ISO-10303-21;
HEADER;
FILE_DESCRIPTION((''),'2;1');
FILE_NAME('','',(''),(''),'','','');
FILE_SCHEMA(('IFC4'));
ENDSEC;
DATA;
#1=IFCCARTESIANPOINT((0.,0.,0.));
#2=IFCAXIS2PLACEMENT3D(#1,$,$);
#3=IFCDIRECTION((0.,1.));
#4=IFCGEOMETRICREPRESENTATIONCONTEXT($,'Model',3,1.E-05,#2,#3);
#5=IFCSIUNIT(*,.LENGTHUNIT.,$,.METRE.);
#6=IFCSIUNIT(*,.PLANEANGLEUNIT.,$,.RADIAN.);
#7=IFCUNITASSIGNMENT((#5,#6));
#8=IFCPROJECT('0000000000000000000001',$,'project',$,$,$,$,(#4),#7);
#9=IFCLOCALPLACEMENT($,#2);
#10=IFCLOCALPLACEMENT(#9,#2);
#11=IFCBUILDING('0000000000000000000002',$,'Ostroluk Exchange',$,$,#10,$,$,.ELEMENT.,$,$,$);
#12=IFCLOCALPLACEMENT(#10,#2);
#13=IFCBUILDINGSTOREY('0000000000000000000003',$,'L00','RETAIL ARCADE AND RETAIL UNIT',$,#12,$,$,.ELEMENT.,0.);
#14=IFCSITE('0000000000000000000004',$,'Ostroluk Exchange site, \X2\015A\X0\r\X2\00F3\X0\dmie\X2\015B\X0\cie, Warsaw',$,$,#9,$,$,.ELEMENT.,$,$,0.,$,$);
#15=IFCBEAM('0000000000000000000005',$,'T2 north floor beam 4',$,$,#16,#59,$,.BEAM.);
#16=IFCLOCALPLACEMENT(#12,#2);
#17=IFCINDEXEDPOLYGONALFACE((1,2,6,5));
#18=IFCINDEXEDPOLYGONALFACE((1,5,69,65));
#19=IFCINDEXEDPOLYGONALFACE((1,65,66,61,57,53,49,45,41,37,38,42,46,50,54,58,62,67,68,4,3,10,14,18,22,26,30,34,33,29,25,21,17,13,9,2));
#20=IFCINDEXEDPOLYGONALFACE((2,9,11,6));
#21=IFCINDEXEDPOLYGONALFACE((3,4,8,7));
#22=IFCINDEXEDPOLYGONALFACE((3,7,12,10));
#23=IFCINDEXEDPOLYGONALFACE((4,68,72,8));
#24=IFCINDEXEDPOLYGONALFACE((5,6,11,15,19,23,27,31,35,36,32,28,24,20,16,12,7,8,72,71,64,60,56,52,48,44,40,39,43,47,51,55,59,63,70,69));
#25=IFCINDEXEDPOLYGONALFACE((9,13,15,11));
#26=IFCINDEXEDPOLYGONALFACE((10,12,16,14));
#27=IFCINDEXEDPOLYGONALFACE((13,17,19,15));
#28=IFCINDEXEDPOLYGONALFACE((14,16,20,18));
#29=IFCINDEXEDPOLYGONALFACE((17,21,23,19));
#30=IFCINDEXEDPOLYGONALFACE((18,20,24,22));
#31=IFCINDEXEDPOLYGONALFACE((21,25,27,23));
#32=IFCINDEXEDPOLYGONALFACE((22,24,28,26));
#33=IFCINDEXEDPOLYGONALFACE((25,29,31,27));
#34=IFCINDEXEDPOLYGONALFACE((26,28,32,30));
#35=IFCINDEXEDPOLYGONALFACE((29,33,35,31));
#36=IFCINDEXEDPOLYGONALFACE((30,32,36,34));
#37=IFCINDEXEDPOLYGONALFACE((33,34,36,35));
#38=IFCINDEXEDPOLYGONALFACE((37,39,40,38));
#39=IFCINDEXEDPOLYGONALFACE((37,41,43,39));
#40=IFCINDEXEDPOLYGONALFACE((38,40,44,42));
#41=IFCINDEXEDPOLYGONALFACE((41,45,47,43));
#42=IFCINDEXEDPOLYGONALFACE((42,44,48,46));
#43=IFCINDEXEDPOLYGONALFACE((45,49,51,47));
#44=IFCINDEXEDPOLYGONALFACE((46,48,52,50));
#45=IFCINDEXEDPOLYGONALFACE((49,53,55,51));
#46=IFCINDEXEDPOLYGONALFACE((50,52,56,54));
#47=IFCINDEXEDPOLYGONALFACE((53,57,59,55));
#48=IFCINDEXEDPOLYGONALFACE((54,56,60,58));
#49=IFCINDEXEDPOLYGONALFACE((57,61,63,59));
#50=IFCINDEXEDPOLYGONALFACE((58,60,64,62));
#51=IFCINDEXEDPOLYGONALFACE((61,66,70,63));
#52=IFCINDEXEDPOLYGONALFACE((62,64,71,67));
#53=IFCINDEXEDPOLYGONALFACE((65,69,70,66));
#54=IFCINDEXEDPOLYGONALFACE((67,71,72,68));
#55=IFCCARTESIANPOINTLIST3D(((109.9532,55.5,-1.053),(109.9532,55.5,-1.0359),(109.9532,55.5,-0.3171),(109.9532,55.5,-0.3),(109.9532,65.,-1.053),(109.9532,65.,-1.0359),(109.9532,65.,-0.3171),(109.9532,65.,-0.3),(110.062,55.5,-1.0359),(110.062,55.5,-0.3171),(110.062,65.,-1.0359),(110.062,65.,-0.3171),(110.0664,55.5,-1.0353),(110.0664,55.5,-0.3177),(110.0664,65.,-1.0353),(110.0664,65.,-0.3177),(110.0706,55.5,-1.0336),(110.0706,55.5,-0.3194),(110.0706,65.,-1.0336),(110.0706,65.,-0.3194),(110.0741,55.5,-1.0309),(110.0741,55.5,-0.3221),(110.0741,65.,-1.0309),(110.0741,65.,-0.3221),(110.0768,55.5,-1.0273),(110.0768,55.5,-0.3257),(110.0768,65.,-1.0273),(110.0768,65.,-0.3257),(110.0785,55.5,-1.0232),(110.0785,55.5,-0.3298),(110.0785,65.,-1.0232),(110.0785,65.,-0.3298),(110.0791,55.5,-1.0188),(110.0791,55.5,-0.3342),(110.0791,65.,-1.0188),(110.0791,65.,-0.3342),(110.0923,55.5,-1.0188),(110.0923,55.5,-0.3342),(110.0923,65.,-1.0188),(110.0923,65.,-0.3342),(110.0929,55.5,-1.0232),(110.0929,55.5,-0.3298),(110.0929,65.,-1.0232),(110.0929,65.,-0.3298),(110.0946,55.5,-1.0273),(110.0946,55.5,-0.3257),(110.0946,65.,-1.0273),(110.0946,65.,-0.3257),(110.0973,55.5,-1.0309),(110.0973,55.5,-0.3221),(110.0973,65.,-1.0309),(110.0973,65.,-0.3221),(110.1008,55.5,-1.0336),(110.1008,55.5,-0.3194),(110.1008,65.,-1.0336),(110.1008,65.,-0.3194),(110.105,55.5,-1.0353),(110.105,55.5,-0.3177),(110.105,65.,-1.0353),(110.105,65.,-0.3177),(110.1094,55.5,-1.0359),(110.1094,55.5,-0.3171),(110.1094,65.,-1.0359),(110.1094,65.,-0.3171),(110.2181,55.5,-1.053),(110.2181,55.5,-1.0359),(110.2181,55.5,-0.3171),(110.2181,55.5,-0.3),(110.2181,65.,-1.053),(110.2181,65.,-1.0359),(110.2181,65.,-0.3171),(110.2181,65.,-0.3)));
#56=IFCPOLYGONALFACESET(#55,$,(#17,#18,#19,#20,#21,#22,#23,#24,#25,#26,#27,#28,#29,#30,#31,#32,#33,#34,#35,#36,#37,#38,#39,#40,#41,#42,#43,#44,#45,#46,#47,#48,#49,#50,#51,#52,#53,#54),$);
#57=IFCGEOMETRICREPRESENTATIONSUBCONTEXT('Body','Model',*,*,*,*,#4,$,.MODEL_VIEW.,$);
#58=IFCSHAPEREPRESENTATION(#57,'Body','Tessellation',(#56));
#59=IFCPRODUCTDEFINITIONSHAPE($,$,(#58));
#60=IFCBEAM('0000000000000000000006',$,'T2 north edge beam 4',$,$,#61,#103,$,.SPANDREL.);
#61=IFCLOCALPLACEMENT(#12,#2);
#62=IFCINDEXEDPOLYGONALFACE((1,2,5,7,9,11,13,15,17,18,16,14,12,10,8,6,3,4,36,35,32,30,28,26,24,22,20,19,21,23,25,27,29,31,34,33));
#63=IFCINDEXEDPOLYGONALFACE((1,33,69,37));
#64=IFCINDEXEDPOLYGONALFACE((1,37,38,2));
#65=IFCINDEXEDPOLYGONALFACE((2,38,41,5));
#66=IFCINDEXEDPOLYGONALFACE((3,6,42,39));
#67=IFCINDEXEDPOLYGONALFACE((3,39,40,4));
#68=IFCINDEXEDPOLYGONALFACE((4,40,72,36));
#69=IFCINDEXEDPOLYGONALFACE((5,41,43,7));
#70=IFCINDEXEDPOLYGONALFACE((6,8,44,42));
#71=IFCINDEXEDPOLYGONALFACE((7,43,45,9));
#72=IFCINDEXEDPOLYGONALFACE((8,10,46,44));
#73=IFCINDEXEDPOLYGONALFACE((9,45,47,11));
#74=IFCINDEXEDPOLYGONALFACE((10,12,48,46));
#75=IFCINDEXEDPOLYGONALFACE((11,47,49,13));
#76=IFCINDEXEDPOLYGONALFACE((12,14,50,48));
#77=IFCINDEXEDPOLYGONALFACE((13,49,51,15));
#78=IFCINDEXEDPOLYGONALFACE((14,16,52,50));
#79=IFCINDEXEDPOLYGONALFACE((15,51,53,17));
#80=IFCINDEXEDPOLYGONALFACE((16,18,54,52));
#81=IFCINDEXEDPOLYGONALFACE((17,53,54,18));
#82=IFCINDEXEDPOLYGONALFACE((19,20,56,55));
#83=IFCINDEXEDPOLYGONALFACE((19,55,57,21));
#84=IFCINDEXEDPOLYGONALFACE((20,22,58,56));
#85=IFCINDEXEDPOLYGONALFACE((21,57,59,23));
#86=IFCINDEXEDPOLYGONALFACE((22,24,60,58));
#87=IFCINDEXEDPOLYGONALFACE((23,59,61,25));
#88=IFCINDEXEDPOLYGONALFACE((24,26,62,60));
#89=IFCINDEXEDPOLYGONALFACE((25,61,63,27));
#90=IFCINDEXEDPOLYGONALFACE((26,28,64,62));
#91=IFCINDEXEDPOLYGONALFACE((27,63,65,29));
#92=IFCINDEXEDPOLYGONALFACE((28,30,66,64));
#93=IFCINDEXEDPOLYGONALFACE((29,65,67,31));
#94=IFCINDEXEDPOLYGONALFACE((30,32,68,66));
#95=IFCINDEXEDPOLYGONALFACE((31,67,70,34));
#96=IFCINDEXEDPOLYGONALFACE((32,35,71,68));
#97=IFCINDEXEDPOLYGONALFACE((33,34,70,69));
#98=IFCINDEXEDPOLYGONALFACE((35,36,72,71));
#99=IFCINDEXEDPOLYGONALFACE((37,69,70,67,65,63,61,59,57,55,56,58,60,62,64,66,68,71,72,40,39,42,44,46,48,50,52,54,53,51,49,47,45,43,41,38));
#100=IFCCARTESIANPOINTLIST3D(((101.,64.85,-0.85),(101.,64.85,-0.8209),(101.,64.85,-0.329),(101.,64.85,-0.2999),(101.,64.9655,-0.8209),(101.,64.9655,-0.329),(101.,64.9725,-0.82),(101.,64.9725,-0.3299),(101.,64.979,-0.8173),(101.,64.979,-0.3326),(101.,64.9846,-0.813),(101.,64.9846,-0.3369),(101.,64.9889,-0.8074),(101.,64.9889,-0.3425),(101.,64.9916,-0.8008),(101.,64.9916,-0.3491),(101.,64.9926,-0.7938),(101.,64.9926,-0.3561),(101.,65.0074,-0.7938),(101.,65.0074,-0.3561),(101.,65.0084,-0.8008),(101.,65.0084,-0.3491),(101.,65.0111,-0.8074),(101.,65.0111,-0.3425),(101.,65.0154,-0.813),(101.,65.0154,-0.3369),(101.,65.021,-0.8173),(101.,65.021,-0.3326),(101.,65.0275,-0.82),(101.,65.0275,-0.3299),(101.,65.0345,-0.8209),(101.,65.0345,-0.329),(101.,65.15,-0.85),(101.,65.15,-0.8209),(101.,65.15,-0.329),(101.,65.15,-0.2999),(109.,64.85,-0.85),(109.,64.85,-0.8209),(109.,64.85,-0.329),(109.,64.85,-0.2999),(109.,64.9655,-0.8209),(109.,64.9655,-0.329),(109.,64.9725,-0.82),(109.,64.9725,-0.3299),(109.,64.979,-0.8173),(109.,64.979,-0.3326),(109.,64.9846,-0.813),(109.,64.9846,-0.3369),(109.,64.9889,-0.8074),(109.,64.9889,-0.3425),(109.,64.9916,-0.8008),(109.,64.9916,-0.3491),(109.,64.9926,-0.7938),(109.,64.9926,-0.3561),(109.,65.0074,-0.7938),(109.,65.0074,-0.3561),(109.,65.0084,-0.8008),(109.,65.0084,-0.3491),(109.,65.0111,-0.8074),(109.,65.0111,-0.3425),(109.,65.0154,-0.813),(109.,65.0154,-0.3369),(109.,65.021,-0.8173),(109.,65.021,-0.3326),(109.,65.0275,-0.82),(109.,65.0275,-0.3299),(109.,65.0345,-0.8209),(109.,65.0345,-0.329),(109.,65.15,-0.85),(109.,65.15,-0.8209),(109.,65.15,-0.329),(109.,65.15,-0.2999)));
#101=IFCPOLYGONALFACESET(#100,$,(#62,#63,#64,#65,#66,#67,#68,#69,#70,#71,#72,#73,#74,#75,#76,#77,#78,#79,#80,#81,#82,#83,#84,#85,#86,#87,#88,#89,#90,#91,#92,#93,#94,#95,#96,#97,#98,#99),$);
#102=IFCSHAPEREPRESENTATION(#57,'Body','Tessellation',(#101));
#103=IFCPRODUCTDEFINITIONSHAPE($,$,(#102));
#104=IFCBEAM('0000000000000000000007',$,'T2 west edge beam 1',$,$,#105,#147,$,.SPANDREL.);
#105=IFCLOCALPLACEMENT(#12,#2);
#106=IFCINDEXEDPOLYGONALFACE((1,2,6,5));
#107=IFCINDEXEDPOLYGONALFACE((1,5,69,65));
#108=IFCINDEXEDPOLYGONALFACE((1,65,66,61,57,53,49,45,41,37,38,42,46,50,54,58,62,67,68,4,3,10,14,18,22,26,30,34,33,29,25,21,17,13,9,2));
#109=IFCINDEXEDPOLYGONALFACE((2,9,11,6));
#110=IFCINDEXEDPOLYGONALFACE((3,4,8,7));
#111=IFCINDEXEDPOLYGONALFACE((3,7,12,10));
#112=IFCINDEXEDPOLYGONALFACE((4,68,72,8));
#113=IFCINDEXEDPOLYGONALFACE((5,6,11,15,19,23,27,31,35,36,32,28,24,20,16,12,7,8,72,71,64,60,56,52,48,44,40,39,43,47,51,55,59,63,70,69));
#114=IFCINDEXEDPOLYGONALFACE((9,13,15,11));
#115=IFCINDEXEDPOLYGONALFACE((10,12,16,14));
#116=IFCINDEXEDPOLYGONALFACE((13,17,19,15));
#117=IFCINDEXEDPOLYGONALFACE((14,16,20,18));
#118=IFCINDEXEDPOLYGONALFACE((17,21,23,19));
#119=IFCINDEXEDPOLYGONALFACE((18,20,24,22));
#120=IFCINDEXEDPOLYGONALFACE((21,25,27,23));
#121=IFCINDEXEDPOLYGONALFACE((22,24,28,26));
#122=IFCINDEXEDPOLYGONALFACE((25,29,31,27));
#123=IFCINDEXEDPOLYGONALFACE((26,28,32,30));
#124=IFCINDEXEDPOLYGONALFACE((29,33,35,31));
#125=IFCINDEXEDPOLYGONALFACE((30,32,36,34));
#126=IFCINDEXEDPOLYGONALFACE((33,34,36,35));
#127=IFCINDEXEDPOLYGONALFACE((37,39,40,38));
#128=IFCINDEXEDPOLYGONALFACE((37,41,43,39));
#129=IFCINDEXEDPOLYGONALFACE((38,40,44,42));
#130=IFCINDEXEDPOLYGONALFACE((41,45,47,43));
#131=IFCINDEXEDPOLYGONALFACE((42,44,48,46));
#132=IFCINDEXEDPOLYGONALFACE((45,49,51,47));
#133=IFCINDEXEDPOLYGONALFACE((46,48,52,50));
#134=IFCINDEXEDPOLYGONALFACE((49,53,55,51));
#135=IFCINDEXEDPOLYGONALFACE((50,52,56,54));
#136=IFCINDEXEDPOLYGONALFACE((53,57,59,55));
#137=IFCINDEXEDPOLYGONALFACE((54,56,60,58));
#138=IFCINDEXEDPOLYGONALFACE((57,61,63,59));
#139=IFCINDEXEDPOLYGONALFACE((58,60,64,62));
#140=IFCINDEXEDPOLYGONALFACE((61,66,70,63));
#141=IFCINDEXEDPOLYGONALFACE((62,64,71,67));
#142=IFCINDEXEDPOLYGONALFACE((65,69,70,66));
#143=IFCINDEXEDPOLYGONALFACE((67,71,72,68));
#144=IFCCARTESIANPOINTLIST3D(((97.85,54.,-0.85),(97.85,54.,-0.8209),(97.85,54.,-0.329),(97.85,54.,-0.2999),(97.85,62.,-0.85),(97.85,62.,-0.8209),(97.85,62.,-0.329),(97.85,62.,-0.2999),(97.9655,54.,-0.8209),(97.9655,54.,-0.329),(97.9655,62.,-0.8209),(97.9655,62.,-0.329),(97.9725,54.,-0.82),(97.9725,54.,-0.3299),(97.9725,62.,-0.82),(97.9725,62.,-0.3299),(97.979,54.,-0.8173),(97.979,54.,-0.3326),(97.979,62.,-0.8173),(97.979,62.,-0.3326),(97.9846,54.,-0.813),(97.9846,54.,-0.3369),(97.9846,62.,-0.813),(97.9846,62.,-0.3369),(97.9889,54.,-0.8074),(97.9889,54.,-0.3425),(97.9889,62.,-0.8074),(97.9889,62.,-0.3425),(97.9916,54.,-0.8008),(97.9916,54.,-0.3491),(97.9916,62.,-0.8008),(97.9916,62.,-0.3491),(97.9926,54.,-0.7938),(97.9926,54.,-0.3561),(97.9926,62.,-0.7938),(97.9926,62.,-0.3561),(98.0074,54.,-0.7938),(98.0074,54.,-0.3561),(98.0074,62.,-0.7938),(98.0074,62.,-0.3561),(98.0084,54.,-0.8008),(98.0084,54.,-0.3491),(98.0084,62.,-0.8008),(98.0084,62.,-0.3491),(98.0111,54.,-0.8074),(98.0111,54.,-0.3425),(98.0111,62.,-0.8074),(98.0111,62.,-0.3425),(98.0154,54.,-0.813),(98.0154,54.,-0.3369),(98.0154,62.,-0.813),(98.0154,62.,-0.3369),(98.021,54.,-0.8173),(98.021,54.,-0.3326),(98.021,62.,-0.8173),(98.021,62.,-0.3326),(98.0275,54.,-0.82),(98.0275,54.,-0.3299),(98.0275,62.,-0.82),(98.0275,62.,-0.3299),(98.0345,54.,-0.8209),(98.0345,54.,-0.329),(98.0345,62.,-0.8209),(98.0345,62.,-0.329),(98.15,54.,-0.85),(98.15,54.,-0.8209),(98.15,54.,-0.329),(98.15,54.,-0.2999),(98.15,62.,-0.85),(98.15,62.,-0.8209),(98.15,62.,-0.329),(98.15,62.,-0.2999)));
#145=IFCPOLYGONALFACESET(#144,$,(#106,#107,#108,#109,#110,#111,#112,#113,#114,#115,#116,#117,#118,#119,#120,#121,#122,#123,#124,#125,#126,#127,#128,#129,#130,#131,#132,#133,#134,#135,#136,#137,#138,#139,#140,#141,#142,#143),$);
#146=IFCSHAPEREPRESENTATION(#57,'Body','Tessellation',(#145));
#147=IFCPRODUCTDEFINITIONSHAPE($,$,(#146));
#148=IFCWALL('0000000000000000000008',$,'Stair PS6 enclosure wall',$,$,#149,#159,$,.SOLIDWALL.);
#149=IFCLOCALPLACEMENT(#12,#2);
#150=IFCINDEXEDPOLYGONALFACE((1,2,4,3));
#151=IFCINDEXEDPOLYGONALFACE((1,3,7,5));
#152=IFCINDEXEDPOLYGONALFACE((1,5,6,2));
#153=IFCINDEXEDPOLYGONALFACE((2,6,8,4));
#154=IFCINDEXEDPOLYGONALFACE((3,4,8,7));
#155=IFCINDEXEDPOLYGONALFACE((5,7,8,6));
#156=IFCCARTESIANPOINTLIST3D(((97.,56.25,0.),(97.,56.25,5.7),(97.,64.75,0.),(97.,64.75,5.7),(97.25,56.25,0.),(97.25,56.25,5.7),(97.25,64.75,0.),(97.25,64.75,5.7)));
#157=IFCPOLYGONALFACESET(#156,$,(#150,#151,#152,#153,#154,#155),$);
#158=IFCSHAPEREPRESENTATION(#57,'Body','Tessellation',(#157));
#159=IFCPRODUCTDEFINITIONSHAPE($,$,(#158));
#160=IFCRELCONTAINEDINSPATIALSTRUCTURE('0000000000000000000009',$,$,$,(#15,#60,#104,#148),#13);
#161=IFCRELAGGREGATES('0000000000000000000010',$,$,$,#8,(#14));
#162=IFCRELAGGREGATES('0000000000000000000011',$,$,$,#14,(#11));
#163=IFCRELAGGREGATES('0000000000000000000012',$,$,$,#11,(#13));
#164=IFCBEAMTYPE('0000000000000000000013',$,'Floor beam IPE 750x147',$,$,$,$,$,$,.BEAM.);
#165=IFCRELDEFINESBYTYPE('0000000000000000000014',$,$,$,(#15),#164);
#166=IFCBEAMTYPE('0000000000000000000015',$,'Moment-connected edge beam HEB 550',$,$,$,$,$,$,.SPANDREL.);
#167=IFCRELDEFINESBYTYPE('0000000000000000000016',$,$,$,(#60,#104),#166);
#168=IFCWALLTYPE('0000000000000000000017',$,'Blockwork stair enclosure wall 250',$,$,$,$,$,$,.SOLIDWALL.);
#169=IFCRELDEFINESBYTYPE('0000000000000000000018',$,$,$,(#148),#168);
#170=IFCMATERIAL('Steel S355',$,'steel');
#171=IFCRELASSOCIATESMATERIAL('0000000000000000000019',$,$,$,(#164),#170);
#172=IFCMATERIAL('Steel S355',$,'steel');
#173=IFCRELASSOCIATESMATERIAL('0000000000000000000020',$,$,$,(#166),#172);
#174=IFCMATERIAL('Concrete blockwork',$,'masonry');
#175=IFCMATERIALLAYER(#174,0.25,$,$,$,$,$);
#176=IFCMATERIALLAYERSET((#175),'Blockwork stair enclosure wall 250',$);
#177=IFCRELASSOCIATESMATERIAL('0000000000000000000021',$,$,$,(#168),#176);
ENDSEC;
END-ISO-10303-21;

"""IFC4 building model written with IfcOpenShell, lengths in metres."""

from ifc_helpers import new_model, si_unit, direction, frame, frame_2d, origin, origin_2d, place, context, subcontext, project, spatial, rectangle, i_section, extrude, material, layer, layer_set, material_profile, profile_set, type_object, element, save


model = new_model("IFC4")

# Units and contexts
model_context = context("Model", 3, precision=1e-05, world=origin(), true_north=direction((0.0, 1.0)))
body_context = subcontext(model_context, "Body", "Model", "MODEL_VIEW")
ifc_project = project(units=[si_unit("LENGTHUNIT", "METRE"), si_unit("PLANEANGLEUNIT", "RADIAN")], contexts=[model_context])

# Site, building, storey
site_placement = place(None, origin())
site = spatial("IfcSite", under=ifc_project, at=site_placement, Name="Ostroluk Exchange site, Śródmieście, Warsaw", CompositionType="ELEMENT", RefElevation=0.0)
building_placement = place(site_placement, origin())
building = spatial("IfcBuilding", under=site, at=building_placement, Name="Ostroluk Exchange", CompositionType="ELEMENT")
storey_placement = place(building_placement, origin())
storey = spatial("IfcBuildingStorey", under=building, at=storey_placement, Name="L00", Description="RETAIL ARCADE AND RETAIL UNIT", CompositionType="ELEMENT", Elevation=0.0)

# Beams
ifc_material_1 = material(Name="Steel S355", Category="steel")
ifc_material_profile_1 = material_profile(ifc_material_1, i_section(OverallWidth=0.2649, OverallDepth=0.7529, WebThickness=0.0132, FlangeThickness=0.0171, FilletRadius=0.0171, at=origin_2d()), Name="IPE 750x147")
ifc_profile_set_1 = profile_set([ifc_material_profile_1], Name="Steel S355")
beam_type_1 = type_object("IfcBeamType", Name="Floor beam IPE 750x147", PredefinedType="BEAM", material=ifc_profile_set_1)
beam_placement = place(storey_placement, frame((110.0857, 55.5, -0.6765), z_axis=(0.0, 1.0, 0.0), x_axis=(-1.0, 0.0, 0.0)))
element("IfcBeam", 1, at=beam_placement, inside=storey, type_object=beam_type_1, Name="T2 north floor beam 4", PredefinedType="BEAM", context=body_context, shape_type="SweptSolid", body=[
    extrude(i_section(OverallWidth=0.2649, OverallDepth=0.7529, WebThickness=0.0132, FlangeThickness=0.0171, FilletRadius=0.0171, at=origin_2d()), origin(), (0.0, 0.0, 1.0), 9.5),
])
ifc_material_2 = material(Name="Steel S355", Category="steel")
ifc_material_profile_2 = material_profile(ifc_material_2, i_section(OverallWidth=0.3, OverallDepth=0.55, WebThickness=0.0149, FlangeThickness=0.0291, FilletRadius=0.0271, at=origin_2d()), Name="HEB 550")
ifc_profile_set_2 = profile_set([ifc_material_profile_2], Name="Steel S355")
beam_type_2 = type_object("IfcBeamType", Name="Moment-connected edge beam HEB 550", PredefinedType="SPANDREL", material=ifc_profile_set_2)
for number, where, z_axis, x_axis, name in (
    (2, (109.0, 65.0, -0.575), (-1.0, 0.0, 0.0), (0.0, -1.0, 0.0), "T2 north edge beam 4"),
    (3, (98.0, 62.0, -0.575), (0.0, -1.0, 0.0), (1.0, 0.0, 0.0), "T2 west edge beam 1"),
):
    element("IfcBeam", number, at=place(storey_placement, frame(where, z_axis=z_axis, x_axis=x_axis)), inside=storey, type_object=beam_type_2, Name=name, PredefinedType="SPANDREL", context=body_context, shape_type="SweptSolid", body=[
        extrude(i_section(OverallWidth=0.3, OverallDepth=0.55, WebThickness=0.0149, FlangeThickness=0.0291, FilletRadius=0.0271, at=origin_2d()), origin(), (0.0, 0.0, 1.0), 8.0),
    ])

# Wall
ifc_material_3 = material(Name="Concrete blockwork", Category="masonry")
ifc_layer_1 = layer(ifc_material_3, 0.25)
ifc_layer_set_1 = layer_set([ifc_layer_1], Name="Blockwork stair enclosure wall 250")
wall_type_1 = type_object("IfcWallType", Name="Blockwork stair enclosure wall 250", PredefinedType="SOLIDWALL", material=ifc_layer_set_1)
wall_1_placement = place(storey_placement, frame((97.125, 56.25, 0.0), z_axis=(0.0, 0.0, 1.0), x_axis=(0.0, 1.0, 0.0)))
element("IfcWall", 4, at=wall_1_placement, inside=storey, type_object=wall_type_1, Name="Stair PS6 enclosure wall", PredefinedType="SOLIDWALL", context=body_context, shape_type="SweptSolid", body=[
    extrude(rectangle(XDim=8.5, YDim=0.25, at=frame_2d((4.25, 0.0))), origin(), (0.0, 0.0, 1.0), 5.7),
])

save(model, "model.ifc")
